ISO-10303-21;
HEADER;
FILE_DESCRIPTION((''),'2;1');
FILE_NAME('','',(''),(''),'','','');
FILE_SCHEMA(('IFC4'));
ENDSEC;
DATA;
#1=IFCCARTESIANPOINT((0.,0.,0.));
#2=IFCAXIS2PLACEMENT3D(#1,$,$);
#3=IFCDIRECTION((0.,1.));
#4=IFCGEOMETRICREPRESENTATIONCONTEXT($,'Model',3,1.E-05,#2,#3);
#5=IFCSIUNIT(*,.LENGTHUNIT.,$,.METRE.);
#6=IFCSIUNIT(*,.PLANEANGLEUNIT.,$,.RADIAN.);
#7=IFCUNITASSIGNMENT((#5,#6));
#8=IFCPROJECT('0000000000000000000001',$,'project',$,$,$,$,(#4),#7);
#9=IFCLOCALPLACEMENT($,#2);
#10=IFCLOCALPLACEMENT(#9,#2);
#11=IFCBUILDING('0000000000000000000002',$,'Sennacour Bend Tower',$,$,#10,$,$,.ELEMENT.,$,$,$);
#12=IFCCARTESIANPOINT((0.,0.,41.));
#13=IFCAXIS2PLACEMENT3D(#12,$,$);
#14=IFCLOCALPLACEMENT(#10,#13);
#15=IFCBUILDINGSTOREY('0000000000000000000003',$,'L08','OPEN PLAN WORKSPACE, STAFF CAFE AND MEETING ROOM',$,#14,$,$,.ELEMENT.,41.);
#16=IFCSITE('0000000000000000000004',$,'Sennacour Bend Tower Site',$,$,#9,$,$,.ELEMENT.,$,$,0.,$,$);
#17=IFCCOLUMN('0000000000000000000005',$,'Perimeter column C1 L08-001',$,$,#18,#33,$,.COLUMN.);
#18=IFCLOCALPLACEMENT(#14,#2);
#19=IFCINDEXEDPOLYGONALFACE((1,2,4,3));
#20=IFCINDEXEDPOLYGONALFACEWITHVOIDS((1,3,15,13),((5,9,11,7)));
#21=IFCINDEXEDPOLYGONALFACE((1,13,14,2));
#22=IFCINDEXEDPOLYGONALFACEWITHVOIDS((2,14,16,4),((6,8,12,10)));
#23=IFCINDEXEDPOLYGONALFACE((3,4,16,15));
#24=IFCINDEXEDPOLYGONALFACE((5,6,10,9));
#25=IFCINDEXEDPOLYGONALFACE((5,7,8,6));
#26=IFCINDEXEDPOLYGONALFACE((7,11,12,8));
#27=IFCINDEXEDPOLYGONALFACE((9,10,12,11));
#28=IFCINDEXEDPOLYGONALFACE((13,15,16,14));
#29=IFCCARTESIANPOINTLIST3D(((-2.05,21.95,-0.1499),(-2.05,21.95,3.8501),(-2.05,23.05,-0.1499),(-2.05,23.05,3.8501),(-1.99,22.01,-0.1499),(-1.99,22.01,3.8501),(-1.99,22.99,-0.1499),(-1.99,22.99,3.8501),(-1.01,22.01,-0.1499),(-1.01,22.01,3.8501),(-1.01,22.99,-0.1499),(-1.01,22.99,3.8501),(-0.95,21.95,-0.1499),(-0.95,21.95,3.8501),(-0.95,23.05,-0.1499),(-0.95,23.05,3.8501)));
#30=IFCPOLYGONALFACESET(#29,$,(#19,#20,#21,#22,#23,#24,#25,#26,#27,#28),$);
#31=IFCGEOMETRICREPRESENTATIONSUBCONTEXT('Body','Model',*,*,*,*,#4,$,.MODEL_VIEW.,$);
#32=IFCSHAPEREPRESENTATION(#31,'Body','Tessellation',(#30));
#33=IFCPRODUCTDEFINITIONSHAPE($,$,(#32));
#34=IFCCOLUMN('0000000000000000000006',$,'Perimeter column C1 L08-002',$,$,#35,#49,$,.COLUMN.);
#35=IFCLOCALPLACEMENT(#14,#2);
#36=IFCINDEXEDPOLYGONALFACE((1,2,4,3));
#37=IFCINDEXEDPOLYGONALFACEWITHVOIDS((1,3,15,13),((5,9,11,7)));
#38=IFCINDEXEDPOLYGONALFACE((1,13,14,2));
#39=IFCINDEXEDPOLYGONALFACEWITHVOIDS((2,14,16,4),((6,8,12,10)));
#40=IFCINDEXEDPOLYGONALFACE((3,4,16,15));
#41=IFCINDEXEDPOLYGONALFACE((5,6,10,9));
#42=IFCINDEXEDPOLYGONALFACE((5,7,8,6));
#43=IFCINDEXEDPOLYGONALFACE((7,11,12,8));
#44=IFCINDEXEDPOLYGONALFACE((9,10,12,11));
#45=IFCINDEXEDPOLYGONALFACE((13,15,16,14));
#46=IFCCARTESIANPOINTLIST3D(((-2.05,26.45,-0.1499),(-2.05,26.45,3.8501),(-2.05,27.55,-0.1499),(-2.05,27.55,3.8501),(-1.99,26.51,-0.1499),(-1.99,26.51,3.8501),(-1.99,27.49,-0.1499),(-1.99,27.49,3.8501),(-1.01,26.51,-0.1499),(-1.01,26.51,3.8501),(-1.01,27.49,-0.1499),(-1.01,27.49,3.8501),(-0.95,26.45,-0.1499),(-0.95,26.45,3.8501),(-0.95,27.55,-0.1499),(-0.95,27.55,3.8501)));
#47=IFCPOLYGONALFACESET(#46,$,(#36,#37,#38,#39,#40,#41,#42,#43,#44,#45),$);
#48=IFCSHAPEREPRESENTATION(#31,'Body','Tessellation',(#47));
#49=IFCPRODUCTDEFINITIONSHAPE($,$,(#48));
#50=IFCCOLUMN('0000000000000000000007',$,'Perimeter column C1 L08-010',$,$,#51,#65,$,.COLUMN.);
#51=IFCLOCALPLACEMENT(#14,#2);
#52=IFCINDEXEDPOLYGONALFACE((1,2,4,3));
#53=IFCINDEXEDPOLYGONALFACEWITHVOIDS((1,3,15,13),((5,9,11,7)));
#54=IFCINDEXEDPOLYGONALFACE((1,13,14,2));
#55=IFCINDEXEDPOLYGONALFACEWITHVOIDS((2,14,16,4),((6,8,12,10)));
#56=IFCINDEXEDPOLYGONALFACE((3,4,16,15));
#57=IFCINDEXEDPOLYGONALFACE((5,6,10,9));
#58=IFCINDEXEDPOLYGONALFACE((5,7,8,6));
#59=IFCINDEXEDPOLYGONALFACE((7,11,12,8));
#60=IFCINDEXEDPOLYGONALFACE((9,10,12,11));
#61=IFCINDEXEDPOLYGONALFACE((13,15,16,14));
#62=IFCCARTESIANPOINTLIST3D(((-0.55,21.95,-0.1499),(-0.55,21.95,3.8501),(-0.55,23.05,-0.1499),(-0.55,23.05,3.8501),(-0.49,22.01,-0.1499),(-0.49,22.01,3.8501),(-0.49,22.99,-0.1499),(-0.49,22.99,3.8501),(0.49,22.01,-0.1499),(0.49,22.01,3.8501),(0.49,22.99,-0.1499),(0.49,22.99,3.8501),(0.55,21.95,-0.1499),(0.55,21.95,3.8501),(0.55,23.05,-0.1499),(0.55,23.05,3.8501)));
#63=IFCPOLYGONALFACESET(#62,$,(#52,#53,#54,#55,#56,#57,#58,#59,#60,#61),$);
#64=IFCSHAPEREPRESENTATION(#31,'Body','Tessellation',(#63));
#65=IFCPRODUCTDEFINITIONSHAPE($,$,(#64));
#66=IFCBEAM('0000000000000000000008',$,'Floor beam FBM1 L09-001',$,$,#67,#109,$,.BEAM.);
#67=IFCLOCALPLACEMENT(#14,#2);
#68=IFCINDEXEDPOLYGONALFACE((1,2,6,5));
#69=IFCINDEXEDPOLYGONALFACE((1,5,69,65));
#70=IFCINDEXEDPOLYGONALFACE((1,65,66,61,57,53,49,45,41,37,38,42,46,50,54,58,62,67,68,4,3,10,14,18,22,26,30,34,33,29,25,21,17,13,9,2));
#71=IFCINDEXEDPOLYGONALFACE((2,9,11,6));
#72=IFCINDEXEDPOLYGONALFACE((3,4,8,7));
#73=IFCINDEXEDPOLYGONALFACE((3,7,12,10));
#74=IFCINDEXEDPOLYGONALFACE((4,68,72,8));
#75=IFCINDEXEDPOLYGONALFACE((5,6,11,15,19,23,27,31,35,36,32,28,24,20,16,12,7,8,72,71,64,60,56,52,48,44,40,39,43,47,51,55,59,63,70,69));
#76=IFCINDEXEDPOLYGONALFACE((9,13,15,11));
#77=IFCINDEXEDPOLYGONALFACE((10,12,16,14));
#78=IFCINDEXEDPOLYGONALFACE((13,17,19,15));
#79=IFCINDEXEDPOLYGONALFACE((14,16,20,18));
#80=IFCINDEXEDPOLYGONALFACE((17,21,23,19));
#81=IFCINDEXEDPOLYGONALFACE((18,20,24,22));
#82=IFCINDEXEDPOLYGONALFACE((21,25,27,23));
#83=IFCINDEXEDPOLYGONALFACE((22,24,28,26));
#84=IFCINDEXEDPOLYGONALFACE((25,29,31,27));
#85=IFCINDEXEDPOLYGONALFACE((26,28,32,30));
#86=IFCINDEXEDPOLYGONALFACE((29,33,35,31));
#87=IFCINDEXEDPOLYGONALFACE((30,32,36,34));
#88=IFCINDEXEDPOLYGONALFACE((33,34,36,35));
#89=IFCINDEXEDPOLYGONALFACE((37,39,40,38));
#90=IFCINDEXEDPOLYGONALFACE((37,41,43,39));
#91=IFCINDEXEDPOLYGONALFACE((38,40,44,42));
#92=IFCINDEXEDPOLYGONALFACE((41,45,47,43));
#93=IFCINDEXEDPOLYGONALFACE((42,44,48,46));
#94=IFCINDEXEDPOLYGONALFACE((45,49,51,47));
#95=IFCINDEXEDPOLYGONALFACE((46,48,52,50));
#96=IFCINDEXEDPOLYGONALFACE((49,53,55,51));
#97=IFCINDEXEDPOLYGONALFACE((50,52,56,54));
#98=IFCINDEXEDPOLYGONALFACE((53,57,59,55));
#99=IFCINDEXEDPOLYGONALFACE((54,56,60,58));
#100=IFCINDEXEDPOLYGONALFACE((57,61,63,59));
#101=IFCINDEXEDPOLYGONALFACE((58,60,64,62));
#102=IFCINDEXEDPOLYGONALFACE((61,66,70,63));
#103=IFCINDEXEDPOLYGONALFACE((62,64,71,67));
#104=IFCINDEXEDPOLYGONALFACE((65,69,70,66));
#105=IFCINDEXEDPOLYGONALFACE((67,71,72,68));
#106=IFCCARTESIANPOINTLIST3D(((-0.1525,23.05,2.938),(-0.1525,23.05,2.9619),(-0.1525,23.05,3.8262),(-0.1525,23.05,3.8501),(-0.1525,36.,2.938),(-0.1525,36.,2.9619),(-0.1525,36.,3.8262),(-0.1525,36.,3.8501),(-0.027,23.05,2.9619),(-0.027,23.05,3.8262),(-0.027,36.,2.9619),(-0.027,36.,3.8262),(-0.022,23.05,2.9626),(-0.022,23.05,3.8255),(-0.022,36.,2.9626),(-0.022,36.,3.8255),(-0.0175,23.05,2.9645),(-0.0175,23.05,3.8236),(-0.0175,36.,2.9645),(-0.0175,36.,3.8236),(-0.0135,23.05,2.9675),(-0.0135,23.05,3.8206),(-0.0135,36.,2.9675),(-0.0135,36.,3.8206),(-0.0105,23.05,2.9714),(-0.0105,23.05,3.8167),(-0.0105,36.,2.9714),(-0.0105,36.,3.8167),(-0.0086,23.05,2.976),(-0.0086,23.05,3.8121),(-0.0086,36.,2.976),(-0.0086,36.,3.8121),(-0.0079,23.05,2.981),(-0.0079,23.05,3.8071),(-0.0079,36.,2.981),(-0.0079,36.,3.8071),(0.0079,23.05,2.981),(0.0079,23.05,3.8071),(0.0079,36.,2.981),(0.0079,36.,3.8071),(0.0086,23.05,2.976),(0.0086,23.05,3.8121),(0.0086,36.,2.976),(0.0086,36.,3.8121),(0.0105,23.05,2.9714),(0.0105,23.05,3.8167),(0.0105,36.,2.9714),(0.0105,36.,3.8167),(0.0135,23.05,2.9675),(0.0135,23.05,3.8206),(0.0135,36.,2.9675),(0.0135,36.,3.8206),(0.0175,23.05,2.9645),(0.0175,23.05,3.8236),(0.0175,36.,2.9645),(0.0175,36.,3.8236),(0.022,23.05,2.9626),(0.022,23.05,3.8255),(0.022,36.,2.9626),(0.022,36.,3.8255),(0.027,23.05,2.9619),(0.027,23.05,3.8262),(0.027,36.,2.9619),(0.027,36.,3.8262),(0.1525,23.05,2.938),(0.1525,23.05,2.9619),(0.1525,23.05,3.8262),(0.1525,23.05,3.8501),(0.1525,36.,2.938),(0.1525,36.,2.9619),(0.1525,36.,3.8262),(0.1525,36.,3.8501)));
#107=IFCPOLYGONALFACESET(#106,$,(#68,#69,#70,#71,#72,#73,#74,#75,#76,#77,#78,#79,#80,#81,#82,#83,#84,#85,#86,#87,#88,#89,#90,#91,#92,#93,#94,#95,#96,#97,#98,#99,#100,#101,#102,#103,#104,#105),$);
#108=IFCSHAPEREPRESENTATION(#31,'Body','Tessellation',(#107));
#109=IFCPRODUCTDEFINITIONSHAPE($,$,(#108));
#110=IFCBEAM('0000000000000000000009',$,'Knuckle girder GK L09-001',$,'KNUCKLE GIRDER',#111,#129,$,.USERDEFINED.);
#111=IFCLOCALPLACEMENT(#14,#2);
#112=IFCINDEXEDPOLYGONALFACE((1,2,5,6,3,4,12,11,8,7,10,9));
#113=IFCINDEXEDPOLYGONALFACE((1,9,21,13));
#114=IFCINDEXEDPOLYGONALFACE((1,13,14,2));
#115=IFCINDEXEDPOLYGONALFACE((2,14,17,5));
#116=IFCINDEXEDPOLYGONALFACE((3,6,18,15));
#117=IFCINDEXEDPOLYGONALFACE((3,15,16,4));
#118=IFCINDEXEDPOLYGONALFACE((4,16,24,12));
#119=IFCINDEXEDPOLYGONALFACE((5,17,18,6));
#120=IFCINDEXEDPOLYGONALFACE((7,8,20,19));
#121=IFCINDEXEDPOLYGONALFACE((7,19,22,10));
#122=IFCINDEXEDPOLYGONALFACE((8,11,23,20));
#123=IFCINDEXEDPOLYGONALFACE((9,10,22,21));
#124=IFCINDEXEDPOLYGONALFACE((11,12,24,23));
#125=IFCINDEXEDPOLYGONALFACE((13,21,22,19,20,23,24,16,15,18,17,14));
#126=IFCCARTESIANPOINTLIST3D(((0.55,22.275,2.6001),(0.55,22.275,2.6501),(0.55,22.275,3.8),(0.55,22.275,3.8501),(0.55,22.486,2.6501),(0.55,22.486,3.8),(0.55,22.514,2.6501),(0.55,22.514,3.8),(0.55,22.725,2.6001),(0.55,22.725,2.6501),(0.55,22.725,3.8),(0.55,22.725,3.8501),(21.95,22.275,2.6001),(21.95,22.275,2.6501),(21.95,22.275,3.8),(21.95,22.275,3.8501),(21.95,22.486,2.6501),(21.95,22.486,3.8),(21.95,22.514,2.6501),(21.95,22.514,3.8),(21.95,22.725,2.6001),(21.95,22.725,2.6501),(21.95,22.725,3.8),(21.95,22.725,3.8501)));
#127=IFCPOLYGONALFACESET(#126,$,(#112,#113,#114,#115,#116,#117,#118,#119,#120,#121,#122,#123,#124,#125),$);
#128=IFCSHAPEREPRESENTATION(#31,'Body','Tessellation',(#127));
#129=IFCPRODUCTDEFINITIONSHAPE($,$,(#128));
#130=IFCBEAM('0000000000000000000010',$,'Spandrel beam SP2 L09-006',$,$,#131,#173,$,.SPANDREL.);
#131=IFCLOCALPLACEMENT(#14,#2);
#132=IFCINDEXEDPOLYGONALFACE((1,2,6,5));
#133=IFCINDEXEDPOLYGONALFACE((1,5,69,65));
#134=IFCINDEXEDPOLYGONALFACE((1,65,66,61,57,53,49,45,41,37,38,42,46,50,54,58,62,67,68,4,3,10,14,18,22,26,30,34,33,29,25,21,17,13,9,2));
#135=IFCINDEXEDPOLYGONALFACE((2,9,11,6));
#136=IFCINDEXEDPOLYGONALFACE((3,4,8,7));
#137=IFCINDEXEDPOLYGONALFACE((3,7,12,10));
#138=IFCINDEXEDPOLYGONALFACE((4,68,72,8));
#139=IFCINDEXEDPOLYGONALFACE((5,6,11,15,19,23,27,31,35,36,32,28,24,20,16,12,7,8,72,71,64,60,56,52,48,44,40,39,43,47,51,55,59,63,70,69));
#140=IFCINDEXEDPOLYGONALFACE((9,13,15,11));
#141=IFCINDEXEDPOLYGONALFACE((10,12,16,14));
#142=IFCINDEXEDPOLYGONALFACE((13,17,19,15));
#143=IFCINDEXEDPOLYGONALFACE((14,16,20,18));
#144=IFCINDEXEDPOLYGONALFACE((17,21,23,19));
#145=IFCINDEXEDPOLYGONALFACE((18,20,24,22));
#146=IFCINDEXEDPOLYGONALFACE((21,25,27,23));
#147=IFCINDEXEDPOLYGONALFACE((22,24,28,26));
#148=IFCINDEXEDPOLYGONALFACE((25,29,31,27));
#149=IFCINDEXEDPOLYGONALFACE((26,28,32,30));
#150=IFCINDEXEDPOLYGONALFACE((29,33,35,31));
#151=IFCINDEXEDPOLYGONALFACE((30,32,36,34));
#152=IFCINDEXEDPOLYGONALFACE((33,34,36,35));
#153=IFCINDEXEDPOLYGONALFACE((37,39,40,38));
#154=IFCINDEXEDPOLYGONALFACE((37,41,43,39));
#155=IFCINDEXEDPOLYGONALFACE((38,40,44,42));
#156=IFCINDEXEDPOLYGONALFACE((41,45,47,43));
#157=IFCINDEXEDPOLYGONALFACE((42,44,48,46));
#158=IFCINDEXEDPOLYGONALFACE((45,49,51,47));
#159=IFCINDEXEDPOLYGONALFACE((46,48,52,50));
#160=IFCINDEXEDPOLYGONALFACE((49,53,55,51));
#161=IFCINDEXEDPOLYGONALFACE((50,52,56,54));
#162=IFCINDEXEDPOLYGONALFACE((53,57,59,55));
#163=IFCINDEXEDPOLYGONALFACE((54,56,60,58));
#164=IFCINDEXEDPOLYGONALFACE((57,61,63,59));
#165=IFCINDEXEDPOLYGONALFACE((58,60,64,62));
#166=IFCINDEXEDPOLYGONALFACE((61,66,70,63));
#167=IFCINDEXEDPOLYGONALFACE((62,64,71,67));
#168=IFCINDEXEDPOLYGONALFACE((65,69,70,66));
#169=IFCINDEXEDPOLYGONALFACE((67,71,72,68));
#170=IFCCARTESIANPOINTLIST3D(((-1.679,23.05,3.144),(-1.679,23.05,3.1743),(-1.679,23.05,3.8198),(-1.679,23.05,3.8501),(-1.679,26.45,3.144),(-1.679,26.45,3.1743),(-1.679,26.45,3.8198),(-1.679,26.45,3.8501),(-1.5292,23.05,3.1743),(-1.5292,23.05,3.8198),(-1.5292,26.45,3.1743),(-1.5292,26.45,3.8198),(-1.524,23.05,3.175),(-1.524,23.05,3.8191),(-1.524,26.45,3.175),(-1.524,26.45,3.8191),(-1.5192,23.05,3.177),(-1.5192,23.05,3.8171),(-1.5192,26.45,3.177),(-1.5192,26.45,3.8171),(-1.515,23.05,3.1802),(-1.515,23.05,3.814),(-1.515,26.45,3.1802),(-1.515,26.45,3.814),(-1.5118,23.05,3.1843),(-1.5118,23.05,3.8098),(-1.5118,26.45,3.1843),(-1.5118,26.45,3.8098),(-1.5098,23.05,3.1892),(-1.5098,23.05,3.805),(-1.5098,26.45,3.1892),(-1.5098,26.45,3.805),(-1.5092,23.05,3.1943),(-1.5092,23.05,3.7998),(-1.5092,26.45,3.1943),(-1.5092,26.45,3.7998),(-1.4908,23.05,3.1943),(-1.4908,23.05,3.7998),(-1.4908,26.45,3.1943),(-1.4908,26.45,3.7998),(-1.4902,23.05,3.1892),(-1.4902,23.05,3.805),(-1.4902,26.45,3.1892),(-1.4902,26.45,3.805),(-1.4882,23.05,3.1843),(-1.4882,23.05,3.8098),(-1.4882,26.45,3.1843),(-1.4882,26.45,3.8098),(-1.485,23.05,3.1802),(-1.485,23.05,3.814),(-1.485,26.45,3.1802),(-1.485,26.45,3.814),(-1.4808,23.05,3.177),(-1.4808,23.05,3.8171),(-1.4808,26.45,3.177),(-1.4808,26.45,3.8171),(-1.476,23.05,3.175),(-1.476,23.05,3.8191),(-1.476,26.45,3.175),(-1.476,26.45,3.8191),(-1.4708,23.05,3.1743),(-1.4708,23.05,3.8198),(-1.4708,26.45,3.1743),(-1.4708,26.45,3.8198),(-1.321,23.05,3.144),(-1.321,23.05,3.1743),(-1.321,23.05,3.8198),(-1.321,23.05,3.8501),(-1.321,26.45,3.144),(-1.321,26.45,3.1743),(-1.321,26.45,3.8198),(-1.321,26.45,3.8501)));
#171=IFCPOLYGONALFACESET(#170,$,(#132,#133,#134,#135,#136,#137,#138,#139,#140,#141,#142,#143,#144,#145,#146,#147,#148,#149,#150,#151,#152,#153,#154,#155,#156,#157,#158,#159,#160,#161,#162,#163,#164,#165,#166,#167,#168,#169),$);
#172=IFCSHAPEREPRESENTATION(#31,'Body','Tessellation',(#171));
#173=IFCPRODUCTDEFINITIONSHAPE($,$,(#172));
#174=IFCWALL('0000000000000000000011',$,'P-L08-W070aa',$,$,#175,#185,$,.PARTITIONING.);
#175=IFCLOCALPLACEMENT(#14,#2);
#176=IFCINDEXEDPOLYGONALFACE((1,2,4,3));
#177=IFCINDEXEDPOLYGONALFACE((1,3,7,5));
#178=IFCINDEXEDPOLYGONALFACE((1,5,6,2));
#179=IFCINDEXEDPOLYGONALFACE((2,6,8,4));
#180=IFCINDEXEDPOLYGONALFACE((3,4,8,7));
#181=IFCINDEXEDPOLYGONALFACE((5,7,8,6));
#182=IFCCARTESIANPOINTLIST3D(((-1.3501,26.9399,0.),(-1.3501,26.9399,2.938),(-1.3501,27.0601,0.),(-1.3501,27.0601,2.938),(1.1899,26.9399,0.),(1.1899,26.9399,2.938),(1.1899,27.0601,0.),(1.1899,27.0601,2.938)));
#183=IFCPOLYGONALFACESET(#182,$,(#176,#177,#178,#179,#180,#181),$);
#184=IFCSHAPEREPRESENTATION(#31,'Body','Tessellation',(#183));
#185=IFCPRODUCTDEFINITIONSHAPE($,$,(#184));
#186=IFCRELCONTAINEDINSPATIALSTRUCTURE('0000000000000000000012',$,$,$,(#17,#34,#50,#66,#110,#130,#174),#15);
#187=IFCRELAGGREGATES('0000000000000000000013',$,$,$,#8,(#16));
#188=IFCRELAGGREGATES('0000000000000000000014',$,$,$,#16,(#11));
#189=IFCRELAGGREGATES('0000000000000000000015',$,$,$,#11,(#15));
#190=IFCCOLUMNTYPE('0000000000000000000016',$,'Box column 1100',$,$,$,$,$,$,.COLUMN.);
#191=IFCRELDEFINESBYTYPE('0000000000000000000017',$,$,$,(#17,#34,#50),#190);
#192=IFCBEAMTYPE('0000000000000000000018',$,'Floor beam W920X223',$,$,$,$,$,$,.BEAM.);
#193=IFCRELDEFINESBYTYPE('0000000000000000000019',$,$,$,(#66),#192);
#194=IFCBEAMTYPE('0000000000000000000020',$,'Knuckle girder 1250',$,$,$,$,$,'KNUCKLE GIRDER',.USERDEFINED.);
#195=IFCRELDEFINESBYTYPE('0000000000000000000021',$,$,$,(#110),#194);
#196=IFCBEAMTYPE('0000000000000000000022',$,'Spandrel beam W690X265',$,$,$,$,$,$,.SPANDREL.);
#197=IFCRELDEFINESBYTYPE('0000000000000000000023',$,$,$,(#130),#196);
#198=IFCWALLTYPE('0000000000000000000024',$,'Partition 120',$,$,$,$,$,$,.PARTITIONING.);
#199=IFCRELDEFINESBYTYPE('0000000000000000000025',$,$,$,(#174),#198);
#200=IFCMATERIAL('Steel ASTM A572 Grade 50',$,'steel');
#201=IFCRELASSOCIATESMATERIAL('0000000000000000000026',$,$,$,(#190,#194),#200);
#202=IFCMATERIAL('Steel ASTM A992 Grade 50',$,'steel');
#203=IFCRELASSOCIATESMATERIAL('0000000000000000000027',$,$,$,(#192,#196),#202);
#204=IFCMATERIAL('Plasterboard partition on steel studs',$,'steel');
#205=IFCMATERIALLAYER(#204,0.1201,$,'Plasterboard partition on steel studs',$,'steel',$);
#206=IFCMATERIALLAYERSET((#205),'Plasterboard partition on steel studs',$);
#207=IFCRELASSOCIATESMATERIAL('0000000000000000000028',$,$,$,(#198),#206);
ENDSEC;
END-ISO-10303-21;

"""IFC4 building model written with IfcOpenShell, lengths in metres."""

from ifc_helpers import new_model, si_unit, direction, frame, frame_2d, origin, origin_2d, place, context, subcontext, project, spatial, rectangle, hollow_rectangle, i_section, extrude, material, layer, layer_set, material_profile, profile_set, type_object, element, save


model = new_model("IFC4")

# Units and contexts
model_context = context("Model", 3, precision=1e-05, world=origin(), true_north=direction((0.0, 1.0)))
body_context = subcontext(model_context, "Body", "Model", "MODEL_VIEW")
ifc_project = project(units=[si_unit("LENGTHUNIT", "METRE"), si_unit("PLANEANGLEUNIT", "RADIAN")], contexts=[model_context])

# Site, building, storey
site_placement = place(None, origin())
site = spatial("IfcSite", under=ifc_project, at=site_placement, Name="Sennacour Bend Tower Site", CompositionType="ELEMENT", RefElevation=0.0)
building_placement = place(site_placement, origin())
building = spatial("IfcBuilding", under=site, at=building_placement, Name="Sennacour Bend Tower", CompositionType="ELEMENT")
storey_placement = place(building_placement, frame((0.0, 0.0, 41.0)))
storey = spatial("IfcBuildingStorey", under=building, at=storey_placement, Name="L08", Description="OPEN PLAN WORKSPACE, STAFF CAFE AND MEETING ROOM", CompositionType="ELEMENT", Elevation=41.0)

# Columns
ifc_material_1 = material(Name="Steel ASTM A572 Grade 50", Category="steel")
ifc_material_profile_1 = material_profile(ifc_material_1, hollow_rectangle(XDim=1.1001, YDim=1.1001, WallThickness=0.0601, at=origin_2d()), Name="Steel ASTM A572 Grade 50", Category="steel")
ifc_profile_set_1 = profile_set([ifc_material_profile_1], Name="Steel ASTM A572 Grade 50")
column_type = type_object("IfcColumnType", Name="Box column 1100", PredefinedType="COLUMN", material=ifc_profile_set_1)
for number, where, z_axis, x_axis, name in (
    (1, (-1.5, 22.5, -0.1499), (0.0, 0.0, 1.0), (1.0, 0.0, 0.0), "Perimeter column C1 L08-001"),
    (2, (-1.5, 27.0, -0.1499), (0.0, 0.0, 1.0), (1.0, 0.0, 0.0), "Perimeter column C1 L08-002"),
    (3, (0.0, 22.5, -0.1499), (0.0, 0.0, 1.0), (1.0, 0.0, 0.0), "Perimeter column C1 L08-010"),
):
    element("IfcColumn", number, at=place(storey_placement, frame(where, z_axis=z_axis, x_axis=x_axis)), inside=storey, type_object=column_type, Name=name, PredefinedType="COLUMN", context=body_context, shape_type="SweptSolid", body=[
        extrude(hollow_rectangle(XDim=1.1001, YDim=1.1001, WallThickness=0.0601, at=origin_2d()), origin(), (0.0, 0.0, 1.0), 4.0),
    ])

# Beams
ifc_material_2 = material(Name="Steel ASTM A992 Grade 50", Category="steel")
ifc_material_profile_2 = material_profile(ifc_material_2, i_section(OverallWidth=0.3049, OverallDepth=0.9121, WebThickness=0.0159, FlangeThickness=0.0239, FilletRadius=0.019, at=origin_2d()), Name="Steel ASTM A992 Grade 50", Category="steel")
ifc_profile_set_2 = profile_set([ifc_material_profile_2], Name="Steel ASTM A992 Grade 50")
beam_type_1 = type_object("IfcBeamType", Name="Floor beam W920X223", PredefinedType="BEAM", material=ifc_profile_set_2)
beam_1_placement = place(storey_placement, frame((0.0, 23.05, 3.394), z_axis=(0.0, 1.0, 0.0), x_axis=(-1.0, 0.0, 0.0)))
element("IfcBeam", 4, at=beam_1_placement, inside=storey, type_object=beam_type_1, Name="Floor beam FBM1 L09-001", PredefinedType="BEAM", context=body_context, shape_type="SweptSolid", body=[
    extrude(i_section(OverallWidth=0.3049, OverallDepth=0.9121, WebThickness=0.0159, FlangeThickness=0.0239, FilletRadius=0.019, at=origin_2d()), origin(), (0.0, 0.0, 1.0), 12.95),
])
ifc_material_profile_3 = material_profile(ifc_material_1, i_section(OverallWidth=0.45, OverallDepth=1.25, WebThickness=0.0281, FlangeThickness=0.05, at=origin_2d()), Name="Steel ASTM A572 Grade 50", Category="steel")
ifc_profile_set_3 = profile_set([ifc_material_profile_3], Name="Steel ASTM A572 Grade 50")
beam_type_2 = type_object("IfcBeamType", Name="Knuckle girder 1250", ElementType="KNUCKLE GIRDER", PredefinedType="USERDEFINED", material=ifc_profile_set_3)
beam_2_placement = place(storey_placement, frame((0.55, 22.5, 3.2251), z_axis=(1.0, 0.0, 0.0), x_axis=(0.0, 1.0, 0.0)))
element("IfcBeam", 5, at=beam_2_placement, inside=storey, type_object=beam_type_2, Name="Knuckle girder GK L09-001", ObjectType="KNUCKLE GIRDER", PredefinedType="USERDEFINED", context=body_context, shape_type="SweptSolid", body=[
    extrude(i_section(OverallWidth=0.45, OverallDepth=1.25, WebThickness=0.0281, FlangeThickness=0.05, at=origin_2d()), origin(), (0.0, 0.0, 1.0), 21.3999),
])
ifc_material_profile_4 = material_profile(ifc_material_2, i_section(OverallWidth=0.3579, OverallDepth=0.7061, WebThickness=0.0183, FlangeThickness=0.0303, FilletRadius=0.02, at=origin_2d()), Name="Steel ASTM A992 Grade 50", Category="steel")
ifc_profile_set_4 = profile_set([ifc_material_profile_4], Name="Steel ASTM A992 Grade 50")
beam_type_3 = type_object("IfcBeamType", Name="Spandrel beam W690X265", PredefinedType="SPANDREL", material=ifc_profile_set_4)
beam_3_placement = place(storey_placement, frame((-1.5, 23.05, 3.4971), z_axis=(0.0, 1.0, 0.0), x_axis=(-1.0, 0.0, 0.0)))
element("IfcBeam", 6, at=beam_3_placement, inside=storey, type_object=beam_type_3, Name="Spandrel beam SP2 L09-006", PredefinedType="SPANDREL", context=body_context, shape_type="SweptSolid", body=[
    extrude(i_section(OverallWidth=0.3579, OverallDepth=0.7061, WebThickness=0.0183, FlangeThickness=0.0303, FilletRadius=0.02, at=origin_2d()), origin(), (0.0, 0.0, 1.0), 3.3999),
])

# Wall
ifc_material_3 = material(Name="Plasterboard partition on steel studs", Category="steel")
ifc_layer_1 = layer(ifc_material_3, 0.1201, Name="Plasterboard partition on steel studs", Category="steel")
ifc_layer_set_1 = layer_set([ifc_layer_1], Name="Plasterboard partition on steel studs")
wall_type_1 = type_object("IfcWallType", Name="Partition 120", PredefinedType="PARTITIONING", material=ifc_layer_set_1)
wall_1_placement = place(storey_placement, frame((-1.3501, 27.0, 0.0), z_axis=(0.0, 0.0, 1.0), x_axis=(1.0, 0.0, 0.0)))
element("IfcWall", 7, at=wall_1_placement, inside=storey, type_object=wall_type_1, Name="P-L08-W070aa", PredefinedType="PARTITIONING", context=body_context, shape_type="SweptSolid", body=[
    extrude(rectangle(XDim=2.54, YDim=0.1201, at=frame_2d((1.27, 0.0))), origin(), (0.0, 0.0, 1.0), 2.938),
])

save(model, "model.ifc")
